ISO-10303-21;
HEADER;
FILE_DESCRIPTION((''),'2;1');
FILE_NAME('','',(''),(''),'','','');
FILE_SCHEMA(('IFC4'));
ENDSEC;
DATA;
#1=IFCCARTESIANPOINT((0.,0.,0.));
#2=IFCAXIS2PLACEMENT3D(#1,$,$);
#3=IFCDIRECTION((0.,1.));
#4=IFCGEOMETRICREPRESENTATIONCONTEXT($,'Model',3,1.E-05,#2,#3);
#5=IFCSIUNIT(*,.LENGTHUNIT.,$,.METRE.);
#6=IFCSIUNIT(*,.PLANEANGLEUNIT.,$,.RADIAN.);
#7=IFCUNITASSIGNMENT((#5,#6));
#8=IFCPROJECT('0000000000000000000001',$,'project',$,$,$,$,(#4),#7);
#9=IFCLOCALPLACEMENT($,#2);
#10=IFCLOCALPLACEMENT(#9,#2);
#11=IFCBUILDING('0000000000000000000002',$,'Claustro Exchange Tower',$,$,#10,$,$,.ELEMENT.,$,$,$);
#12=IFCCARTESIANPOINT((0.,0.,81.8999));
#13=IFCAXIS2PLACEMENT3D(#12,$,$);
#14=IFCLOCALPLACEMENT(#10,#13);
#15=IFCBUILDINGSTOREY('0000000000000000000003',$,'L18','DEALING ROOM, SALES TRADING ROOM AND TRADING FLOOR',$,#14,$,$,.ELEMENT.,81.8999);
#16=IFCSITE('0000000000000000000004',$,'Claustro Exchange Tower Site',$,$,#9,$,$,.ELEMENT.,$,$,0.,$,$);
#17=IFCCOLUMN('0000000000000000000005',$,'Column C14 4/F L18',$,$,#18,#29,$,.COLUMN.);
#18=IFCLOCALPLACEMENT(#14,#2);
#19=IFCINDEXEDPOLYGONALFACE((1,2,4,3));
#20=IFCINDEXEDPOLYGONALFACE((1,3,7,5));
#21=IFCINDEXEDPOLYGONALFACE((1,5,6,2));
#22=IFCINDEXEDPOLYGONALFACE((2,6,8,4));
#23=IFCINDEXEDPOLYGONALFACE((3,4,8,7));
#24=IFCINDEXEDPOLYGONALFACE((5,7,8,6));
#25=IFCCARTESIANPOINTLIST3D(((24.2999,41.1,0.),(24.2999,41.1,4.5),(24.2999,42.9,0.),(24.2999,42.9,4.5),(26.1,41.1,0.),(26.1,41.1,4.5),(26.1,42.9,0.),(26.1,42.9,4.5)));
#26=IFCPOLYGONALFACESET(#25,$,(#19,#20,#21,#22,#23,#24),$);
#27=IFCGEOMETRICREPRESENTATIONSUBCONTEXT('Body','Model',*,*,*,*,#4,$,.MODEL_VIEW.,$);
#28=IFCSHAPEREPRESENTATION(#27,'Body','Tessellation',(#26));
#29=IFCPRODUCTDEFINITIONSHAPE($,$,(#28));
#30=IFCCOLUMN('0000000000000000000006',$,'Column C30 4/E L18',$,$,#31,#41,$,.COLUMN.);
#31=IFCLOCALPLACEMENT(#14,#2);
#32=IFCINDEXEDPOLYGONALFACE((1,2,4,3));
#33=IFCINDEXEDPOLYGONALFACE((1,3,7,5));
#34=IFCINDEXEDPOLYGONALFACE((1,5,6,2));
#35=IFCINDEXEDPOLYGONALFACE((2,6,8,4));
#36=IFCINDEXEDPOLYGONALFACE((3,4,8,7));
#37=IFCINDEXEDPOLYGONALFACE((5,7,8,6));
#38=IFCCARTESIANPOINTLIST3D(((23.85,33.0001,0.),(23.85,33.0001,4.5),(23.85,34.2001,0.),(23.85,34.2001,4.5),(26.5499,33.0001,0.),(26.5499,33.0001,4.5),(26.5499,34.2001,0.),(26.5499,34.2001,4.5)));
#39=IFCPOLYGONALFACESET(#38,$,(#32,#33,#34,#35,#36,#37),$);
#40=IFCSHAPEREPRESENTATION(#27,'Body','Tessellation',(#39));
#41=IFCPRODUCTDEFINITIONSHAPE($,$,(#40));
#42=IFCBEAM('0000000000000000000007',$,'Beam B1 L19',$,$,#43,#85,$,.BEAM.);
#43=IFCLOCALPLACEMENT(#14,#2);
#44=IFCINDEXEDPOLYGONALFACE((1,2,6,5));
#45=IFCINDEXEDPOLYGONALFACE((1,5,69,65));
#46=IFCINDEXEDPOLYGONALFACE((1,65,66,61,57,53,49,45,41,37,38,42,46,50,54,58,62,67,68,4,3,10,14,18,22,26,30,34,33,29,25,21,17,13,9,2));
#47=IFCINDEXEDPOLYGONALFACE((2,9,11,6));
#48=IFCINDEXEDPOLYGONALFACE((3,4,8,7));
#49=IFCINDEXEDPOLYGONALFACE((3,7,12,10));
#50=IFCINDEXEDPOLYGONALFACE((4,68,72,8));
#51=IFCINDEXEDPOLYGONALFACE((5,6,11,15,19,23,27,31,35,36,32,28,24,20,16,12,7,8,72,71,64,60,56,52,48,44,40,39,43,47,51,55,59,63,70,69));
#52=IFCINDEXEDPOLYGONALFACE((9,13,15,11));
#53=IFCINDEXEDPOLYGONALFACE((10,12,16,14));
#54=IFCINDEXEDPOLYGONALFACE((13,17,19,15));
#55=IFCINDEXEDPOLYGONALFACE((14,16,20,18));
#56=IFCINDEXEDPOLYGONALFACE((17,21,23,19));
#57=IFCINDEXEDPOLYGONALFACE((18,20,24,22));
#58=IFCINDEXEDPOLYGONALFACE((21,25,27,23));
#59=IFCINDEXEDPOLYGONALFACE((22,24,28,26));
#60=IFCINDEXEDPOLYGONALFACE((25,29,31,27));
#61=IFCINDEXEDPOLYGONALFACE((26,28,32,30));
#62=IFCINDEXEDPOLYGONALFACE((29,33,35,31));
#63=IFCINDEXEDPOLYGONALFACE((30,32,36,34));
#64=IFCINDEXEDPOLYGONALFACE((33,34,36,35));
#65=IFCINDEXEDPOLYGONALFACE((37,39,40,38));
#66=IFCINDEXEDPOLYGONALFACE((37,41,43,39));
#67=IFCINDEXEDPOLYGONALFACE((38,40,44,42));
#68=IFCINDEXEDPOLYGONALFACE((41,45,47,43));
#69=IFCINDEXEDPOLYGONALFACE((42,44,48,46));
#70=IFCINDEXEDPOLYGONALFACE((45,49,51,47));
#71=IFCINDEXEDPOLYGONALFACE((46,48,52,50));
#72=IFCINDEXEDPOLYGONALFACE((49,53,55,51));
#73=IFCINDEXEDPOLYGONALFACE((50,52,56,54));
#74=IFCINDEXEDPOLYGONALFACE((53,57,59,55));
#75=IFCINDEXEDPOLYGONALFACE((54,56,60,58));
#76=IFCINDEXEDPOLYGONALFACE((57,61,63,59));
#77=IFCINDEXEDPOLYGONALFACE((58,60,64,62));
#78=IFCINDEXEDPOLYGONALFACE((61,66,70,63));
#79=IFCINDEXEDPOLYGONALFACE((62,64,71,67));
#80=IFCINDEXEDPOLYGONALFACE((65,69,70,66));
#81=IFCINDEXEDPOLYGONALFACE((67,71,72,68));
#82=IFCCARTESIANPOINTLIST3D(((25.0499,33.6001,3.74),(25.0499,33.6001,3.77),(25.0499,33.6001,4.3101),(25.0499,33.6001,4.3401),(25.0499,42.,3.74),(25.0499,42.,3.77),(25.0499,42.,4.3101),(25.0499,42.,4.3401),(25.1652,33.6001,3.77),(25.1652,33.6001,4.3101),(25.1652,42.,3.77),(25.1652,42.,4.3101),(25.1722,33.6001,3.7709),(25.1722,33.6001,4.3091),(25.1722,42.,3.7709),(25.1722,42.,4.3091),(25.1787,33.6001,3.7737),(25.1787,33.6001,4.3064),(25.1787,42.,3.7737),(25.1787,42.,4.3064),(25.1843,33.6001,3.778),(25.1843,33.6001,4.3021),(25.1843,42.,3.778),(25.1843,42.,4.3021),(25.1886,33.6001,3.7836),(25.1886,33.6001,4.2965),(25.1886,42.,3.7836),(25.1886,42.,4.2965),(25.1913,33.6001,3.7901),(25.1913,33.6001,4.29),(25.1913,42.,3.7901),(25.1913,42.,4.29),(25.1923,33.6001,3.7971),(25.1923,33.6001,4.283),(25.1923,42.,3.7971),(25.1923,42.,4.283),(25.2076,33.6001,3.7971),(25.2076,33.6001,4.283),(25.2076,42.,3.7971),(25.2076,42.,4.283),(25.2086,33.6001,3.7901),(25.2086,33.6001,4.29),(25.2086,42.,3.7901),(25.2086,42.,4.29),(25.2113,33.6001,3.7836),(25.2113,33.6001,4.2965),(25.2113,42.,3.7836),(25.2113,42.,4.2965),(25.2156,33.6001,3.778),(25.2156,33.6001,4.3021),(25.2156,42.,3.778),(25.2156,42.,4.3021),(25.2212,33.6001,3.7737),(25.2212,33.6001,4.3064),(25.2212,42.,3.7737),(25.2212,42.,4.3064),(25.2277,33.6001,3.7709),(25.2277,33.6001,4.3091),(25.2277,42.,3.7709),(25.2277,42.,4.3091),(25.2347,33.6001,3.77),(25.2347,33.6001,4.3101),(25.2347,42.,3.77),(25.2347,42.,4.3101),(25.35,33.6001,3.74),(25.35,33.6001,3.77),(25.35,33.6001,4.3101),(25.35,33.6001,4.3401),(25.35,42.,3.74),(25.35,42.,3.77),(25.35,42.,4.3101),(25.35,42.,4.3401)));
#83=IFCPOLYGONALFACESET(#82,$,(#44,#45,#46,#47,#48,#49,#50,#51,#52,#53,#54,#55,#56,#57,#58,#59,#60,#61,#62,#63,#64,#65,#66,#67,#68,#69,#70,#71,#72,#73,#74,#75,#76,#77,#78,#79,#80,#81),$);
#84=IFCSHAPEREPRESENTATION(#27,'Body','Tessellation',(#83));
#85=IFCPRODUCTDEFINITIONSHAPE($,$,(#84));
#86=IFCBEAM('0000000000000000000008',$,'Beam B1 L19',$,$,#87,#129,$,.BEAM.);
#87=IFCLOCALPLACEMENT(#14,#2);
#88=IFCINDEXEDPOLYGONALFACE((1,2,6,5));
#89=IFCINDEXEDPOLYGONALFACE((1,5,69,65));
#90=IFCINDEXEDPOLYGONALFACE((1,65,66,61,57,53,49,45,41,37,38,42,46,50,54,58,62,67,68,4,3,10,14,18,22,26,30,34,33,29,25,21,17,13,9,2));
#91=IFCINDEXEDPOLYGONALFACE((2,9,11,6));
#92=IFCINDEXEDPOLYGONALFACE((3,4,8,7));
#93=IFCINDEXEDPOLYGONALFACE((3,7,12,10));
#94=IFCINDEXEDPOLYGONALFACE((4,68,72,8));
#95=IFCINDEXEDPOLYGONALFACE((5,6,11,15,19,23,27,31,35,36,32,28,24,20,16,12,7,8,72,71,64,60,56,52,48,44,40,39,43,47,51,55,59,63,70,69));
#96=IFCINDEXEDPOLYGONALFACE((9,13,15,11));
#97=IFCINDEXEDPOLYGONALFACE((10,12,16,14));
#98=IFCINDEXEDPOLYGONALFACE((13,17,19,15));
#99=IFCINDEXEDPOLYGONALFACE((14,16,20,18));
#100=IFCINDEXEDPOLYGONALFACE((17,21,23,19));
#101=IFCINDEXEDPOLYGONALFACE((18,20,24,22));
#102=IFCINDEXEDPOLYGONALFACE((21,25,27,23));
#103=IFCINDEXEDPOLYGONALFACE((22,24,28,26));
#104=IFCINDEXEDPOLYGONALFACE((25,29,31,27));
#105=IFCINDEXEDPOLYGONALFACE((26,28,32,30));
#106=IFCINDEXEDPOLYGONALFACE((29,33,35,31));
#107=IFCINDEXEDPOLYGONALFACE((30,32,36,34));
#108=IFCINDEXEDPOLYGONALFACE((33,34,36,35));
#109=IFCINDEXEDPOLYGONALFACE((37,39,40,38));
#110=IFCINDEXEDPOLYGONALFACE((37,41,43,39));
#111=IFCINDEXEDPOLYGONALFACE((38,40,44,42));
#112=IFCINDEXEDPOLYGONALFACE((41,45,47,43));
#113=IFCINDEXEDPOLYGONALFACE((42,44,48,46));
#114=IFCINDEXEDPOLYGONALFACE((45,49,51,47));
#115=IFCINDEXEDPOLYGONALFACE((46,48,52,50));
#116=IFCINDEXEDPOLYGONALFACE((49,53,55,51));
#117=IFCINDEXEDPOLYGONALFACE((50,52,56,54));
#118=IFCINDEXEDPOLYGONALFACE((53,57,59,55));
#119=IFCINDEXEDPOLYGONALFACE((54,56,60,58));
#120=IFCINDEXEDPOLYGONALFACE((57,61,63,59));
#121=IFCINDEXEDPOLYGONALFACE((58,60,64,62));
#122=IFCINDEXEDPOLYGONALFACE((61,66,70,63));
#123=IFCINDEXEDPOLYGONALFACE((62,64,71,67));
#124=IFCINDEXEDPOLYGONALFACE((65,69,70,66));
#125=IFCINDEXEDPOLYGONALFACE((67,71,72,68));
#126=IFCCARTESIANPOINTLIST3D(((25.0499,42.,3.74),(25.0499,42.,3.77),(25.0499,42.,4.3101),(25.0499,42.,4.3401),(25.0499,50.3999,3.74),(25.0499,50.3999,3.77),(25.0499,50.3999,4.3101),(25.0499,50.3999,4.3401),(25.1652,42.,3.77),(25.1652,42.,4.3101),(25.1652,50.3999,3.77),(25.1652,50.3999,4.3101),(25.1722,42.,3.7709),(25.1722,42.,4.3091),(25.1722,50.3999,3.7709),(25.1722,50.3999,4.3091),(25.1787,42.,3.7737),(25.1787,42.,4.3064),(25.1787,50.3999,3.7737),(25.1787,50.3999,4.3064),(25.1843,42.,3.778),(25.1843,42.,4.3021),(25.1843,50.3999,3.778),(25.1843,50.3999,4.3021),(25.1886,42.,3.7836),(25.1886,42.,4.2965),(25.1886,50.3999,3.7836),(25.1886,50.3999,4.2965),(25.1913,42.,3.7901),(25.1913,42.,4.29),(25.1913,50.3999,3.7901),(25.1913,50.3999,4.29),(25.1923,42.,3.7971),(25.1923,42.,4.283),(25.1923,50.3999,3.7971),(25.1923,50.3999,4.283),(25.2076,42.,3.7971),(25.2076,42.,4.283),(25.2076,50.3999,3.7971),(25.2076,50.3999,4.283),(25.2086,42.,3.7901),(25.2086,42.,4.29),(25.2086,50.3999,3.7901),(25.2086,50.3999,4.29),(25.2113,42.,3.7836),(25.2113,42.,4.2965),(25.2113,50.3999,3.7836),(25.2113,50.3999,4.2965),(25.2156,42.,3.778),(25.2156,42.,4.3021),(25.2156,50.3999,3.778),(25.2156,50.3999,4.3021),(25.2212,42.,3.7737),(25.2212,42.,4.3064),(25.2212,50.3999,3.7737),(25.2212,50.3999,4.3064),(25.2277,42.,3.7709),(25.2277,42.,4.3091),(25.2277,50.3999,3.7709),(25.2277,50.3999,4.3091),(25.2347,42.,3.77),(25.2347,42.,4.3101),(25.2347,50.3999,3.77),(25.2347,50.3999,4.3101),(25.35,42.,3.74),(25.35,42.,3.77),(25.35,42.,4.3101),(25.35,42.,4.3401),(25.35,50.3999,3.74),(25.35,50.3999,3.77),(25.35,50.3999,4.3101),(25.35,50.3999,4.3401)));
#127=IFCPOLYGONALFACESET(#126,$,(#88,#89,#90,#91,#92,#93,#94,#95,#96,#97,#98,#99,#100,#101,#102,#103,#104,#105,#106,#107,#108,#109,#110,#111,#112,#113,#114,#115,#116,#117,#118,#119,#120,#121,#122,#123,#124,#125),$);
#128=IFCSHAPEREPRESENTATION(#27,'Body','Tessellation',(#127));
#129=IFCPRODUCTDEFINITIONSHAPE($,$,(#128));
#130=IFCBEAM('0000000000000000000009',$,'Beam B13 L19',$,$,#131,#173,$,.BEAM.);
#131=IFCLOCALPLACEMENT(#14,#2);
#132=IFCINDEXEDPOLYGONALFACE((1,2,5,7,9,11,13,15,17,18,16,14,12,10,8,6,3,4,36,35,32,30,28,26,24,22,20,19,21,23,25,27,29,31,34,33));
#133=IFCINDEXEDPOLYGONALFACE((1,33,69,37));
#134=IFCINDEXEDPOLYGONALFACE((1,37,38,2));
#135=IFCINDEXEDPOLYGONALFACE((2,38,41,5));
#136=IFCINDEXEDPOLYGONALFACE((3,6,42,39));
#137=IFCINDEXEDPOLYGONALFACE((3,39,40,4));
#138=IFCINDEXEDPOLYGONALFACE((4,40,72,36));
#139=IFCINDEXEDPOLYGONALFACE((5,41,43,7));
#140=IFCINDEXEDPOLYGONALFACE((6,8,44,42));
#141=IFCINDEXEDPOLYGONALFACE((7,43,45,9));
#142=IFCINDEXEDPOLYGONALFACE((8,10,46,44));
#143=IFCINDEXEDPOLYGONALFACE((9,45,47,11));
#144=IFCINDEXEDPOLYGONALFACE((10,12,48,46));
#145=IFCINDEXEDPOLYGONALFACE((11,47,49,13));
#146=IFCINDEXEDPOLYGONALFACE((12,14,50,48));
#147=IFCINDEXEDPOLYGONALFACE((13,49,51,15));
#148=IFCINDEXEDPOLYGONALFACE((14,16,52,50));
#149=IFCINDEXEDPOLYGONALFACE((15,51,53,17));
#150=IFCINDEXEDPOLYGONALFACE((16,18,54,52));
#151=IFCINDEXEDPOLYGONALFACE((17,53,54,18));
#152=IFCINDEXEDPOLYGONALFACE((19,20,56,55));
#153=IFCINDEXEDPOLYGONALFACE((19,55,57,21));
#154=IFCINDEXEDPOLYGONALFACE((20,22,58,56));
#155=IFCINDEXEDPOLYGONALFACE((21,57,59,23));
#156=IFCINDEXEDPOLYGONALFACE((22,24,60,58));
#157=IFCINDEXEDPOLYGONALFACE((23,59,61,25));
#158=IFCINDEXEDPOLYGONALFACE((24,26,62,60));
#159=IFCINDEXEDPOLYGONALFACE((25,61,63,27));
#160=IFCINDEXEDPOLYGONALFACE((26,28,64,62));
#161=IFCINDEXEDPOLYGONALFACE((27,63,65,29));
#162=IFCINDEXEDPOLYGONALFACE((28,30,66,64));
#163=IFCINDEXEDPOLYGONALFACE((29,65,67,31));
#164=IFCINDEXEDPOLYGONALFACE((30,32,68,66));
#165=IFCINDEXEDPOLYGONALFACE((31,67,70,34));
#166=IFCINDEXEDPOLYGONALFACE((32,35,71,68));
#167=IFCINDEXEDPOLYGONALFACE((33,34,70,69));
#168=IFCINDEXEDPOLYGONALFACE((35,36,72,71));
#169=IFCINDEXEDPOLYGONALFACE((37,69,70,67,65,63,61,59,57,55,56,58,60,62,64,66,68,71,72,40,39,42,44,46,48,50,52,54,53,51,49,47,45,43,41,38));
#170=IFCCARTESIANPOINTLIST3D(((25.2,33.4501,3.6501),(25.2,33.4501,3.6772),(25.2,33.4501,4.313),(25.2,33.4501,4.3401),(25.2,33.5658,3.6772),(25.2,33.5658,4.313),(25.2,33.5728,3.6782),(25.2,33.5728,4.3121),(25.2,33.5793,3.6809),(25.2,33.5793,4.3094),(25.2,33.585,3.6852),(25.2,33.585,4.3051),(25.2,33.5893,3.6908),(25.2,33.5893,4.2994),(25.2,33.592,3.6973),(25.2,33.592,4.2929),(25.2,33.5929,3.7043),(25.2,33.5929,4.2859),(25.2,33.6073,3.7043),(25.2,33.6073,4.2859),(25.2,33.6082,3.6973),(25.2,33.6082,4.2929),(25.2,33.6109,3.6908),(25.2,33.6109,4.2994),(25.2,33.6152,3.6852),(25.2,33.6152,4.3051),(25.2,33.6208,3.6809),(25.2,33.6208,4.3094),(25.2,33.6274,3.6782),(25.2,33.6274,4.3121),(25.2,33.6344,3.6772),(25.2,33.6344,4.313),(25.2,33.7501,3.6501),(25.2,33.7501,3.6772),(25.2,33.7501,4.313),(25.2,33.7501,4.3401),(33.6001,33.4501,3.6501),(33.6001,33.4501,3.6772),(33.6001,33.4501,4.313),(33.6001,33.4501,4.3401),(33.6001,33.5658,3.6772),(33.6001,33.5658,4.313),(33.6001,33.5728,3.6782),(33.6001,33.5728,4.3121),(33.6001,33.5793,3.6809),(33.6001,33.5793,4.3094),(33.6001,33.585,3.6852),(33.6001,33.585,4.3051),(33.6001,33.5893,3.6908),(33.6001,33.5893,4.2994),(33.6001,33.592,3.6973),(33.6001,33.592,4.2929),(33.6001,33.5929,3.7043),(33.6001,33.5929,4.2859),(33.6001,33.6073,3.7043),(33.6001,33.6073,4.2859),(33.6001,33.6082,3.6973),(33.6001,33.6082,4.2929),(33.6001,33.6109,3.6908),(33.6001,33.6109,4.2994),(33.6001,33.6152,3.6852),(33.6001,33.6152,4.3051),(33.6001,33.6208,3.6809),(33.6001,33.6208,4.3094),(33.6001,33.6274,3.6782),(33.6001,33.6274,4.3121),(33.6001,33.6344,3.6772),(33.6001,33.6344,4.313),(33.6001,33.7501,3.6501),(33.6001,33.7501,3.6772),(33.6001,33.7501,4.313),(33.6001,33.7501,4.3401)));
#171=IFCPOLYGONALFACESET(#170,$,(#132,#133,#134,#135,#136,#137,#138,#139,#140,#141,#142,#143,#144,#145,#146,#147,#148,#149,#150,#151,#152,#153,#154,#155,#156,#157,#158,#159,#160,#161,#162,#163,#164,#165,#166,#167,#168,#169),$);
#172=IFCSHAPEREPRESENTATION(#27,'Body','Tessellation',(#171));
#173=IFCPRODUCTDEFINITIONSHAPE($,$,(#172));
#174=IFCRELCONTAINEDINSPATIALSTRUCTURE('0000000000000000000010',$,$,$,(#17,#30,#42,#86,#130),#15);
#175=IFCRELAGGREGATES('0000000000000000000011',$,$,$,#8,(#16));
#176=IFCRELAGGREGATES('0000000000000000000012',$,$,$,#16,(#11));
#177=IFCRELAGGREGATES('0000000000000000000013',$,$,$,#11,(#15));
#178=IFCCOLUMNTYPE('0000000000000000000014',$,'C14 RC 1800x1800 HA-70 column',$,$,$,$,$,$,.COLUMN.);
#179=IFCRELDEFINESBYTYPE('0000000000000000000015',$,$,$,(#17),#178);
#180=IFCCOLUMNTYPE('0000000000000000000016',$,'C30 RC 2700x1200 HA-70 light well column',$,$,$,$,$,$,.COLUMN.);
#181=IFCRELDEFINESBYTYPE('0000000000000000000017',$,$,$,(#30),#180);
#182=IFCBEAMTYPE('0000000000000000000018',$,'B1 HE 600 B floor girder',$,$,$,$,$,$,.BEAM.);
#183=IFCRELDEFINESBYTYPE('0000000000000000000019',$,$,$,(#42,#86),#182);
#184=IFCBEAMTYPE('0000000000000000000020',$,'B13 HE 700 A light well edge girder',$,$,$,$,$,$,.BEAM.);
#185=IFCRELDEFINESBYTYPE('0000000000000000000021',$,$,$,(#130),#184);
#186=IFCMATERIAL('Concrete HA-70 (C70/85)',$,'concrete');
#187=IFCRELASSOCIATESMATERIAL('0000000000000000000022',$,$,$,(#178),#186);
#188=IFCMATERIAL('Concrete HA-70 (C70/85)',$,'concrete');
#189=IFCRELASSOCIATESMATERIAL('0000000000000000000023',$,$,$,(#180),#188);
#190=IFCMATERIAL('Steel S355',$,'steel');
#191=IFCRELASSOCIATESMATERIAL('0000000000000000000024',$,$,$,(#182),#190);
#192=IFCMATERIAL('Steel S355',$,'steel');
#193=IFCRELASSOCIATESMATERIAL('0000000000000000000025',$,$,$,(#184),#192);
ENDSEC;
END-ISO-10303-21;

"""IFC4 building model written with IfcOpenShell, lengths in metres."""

from ifc_helpers import new_model, si_unit, direction, frame, origin, origin_2d, place, context, subcontext, project, spatial, rectangle, i_section, extrude, material, material_profile, profile_set, type_object, element, save


model = new_model("IFC4")

# Units and contexts
model_context = context("Model", 3, precision=1e-05, world=origin(), true_north=direction((0.0, 1.0)))
body_context = subcontext(model_context, "Body", "Model", "MODEL_VIEW")
ifc_project = project(units=[si_unit("LENGTHUNIT", "METRE"), si_unit("PLANEANGLEUNIT", "RADIAN")], contexts=[model_context])

# Site, building, storey
site_placement = place(None, origin())
site = spatial("IfcSite", under=ifc_project, at=site_placement, Name="Claustro Exchange Tower Site", CompositionType="ELEMENT", RefElevation=0.0)
building_placement = place(site_placement, origin())
building = spatial("IfcBuilding", under=site, at=building_placement, Name="Claustro Exchange Tower", CompositionType="ELEMENT")
storey_placement = place(building_placement, frame((0.0, 0.0, 81.8999)))
storey = spatial("IfcBuildingStorey", under=building, at=storey_placement, Name="L18", Description="DEALING ROOM, SALES TRADING ROOM AND TRADING FLOOR", CompositionType="ELEMENT", Elevation=81.8999)

# Columns
ifc_material_1 = material(Name="Concrete HA-70 (C70/85)", Category="concrete")
ifc_material_profile_1 = material_profile(ifc_material_1, rectangle(XDim=1.8, YDim=1.8, at=origin_2d()), Name="RC 1800x1800")
ifc_profile_set_1 = profile_set([ifc_material_profile_1], Name="Concrete HA-70 (C70/85)")
column_type_1 = type_object("IfcColumnType", Name="C14 RC 1800x1800 HA-70 column", PredefinedType="COLUMN", material=ifc_profile_set_1)
column_1_placement = place(storey_placement, frame((25.2, 42.0, 0.0), z_axis=(0.0, 0.0, 1.0), x_axis=(1.0, 0.0, 0.0)))
element("IfcColumn", 1, at=column_1_placement, inside=storey, type_object=column_type_1, Name="Column C14 4/F L18", PredefinedType="COLUMN", context=body_context, shape_type="SweptSolid", body=[
    extrude(rectangle(XDim=1.8, YDim=1.8, at=origin_2d()), origin(), (0.0, 0.0, 1.0), 4.5),
])
ifc_material_2 = material(Name="Concrete HA-70 (C70/85)", Category="concrete")
ifc_material_profile_2 = material_profile(ifc_material_2, rectangle(XDim=2.7, YDim=1.2, at=origin_2d()), Name="RC 2700x1200")
ifc_profile_set_2 = profile_set([ifc_material_profile_2], Name="Concrete HA-70 (C70/85)")
column_type_2 = type_object("IfcColumnType", Name="C30 RC 2700x1200 HA-70 light well column", PredefinedType="COLUMN", material=ifc_profile_set_2)
column_2_placement = place(storey_placement, frame((25.2, 33.6001, 0.0), z_axis=(0.0, 0.0, 1.0), x_axis=(1.0, 0.0, 0.0)))
element("IfcColumn", 2, at=column_2_placement, inside=storey, type_object=column_type_2, Name="Column C30 4/E L18", PredefinedType="COLUMN", context=body_context, shape_type="SweptSolid", body=[
    extrude(rectangle(XDim=2.7, YDim=1.2, at=origin_2d()), origin(), (0.0, 0.0, 1.0), 4.5),
])

# Beams
ifc_material_3 = material(Name="Steel S355", Category="steel")
ifc_material_profile_3 = material_profile(ifc_material_3, i_section(OverallWidth=0.3, OverallDepth=0.6001, WebThickness=0.0154, FlangeThickness=0.03, FilletRadius=0.0271, at=origin_2d()), Name="HE 600 B")
ifc_profile_set_3 = profile_set([ifc_material_profile_3], Name="Steel S355")
beam_type_1 = type_object("IfcBeamType", Name="B1 HE 600 B floor girder", PredefinedType="BEAM", material=ifc_profile_set_3)
for number, where, z_axis, x_axis, name in (
    (3, (25.2, 33.6001, 4.04), (0.0, 1.0, 0.0), (-1.0, 0.0, 0.0), "Beam B1 L19"),
    (4, (25.2, 42.0, 4.04), (0.0, 1.0, 0.0), (-1.0, 0.0, 0.0), "Beam B1 L19"),
):
    element("IfcBeam", number, at=place(storey_placement, frame(where, z_axis=z_axis, x_axis=x_axis)), inside=storey, type_object=beam_type_1, Name=name, PredefinedType="BEAM", context=body_context, shape_type="SweptSolid", body=[
        extrude(i_section(OverallWidth=0.3, OverallDepth=0.6001, WebThickness=0.0154, FlangeThickness=0.03, FilletRadius=0.0271, at=origin_2d()), origin(), (0.0, 0.0, 1.0), 8.3999),
    ])
ifc_material_4 = material(Name="Steel S355", Category="steel")
ifc_material_profile_4 = material_profile(ifc_material_4, i_section(OverallWidth=0.3, OverallDepth=0.6899, WebThickness=0.0144, FlangeThickness=0.0271, FilletRadius=0.0271, at=origin_2d()), Name="HE 700 A")
ifc_profile_set_4 = profile_set([ifc_material_profile_4], Name="Steel S355")
beam_type_2 = type_object("IfcBeamType", Name="B13 HE 700 A light well edge girder", PredefinedType="BEAM", material=ifc_profile_set_4)
beam_1_placement = place(storey_placement, frame((25.2, 33.6001, 3.9951), z_axis=(1.0, 0.0, 0.0), x_axis=(0.0, 1.0, 0.0)))
element("IfcBeam", 5, at=beam_1_placement, inside=storey, type_object=beam_type_2, Name="Beam B13 L19", PredefinedType="BEAM", context=body_context, shape_type="SweptSolid", body=[
    extrude(i_section(OverallWidth=0.3, OverallDepth=0.6899, WebThickness=0.0144, FlangeThickness=0.0271, FilletRadius=0.0271, at=origin_2d()), origin(), (0.0, 0.0, 1.0), 8.4001),
])

save(model, "model.ifc")
